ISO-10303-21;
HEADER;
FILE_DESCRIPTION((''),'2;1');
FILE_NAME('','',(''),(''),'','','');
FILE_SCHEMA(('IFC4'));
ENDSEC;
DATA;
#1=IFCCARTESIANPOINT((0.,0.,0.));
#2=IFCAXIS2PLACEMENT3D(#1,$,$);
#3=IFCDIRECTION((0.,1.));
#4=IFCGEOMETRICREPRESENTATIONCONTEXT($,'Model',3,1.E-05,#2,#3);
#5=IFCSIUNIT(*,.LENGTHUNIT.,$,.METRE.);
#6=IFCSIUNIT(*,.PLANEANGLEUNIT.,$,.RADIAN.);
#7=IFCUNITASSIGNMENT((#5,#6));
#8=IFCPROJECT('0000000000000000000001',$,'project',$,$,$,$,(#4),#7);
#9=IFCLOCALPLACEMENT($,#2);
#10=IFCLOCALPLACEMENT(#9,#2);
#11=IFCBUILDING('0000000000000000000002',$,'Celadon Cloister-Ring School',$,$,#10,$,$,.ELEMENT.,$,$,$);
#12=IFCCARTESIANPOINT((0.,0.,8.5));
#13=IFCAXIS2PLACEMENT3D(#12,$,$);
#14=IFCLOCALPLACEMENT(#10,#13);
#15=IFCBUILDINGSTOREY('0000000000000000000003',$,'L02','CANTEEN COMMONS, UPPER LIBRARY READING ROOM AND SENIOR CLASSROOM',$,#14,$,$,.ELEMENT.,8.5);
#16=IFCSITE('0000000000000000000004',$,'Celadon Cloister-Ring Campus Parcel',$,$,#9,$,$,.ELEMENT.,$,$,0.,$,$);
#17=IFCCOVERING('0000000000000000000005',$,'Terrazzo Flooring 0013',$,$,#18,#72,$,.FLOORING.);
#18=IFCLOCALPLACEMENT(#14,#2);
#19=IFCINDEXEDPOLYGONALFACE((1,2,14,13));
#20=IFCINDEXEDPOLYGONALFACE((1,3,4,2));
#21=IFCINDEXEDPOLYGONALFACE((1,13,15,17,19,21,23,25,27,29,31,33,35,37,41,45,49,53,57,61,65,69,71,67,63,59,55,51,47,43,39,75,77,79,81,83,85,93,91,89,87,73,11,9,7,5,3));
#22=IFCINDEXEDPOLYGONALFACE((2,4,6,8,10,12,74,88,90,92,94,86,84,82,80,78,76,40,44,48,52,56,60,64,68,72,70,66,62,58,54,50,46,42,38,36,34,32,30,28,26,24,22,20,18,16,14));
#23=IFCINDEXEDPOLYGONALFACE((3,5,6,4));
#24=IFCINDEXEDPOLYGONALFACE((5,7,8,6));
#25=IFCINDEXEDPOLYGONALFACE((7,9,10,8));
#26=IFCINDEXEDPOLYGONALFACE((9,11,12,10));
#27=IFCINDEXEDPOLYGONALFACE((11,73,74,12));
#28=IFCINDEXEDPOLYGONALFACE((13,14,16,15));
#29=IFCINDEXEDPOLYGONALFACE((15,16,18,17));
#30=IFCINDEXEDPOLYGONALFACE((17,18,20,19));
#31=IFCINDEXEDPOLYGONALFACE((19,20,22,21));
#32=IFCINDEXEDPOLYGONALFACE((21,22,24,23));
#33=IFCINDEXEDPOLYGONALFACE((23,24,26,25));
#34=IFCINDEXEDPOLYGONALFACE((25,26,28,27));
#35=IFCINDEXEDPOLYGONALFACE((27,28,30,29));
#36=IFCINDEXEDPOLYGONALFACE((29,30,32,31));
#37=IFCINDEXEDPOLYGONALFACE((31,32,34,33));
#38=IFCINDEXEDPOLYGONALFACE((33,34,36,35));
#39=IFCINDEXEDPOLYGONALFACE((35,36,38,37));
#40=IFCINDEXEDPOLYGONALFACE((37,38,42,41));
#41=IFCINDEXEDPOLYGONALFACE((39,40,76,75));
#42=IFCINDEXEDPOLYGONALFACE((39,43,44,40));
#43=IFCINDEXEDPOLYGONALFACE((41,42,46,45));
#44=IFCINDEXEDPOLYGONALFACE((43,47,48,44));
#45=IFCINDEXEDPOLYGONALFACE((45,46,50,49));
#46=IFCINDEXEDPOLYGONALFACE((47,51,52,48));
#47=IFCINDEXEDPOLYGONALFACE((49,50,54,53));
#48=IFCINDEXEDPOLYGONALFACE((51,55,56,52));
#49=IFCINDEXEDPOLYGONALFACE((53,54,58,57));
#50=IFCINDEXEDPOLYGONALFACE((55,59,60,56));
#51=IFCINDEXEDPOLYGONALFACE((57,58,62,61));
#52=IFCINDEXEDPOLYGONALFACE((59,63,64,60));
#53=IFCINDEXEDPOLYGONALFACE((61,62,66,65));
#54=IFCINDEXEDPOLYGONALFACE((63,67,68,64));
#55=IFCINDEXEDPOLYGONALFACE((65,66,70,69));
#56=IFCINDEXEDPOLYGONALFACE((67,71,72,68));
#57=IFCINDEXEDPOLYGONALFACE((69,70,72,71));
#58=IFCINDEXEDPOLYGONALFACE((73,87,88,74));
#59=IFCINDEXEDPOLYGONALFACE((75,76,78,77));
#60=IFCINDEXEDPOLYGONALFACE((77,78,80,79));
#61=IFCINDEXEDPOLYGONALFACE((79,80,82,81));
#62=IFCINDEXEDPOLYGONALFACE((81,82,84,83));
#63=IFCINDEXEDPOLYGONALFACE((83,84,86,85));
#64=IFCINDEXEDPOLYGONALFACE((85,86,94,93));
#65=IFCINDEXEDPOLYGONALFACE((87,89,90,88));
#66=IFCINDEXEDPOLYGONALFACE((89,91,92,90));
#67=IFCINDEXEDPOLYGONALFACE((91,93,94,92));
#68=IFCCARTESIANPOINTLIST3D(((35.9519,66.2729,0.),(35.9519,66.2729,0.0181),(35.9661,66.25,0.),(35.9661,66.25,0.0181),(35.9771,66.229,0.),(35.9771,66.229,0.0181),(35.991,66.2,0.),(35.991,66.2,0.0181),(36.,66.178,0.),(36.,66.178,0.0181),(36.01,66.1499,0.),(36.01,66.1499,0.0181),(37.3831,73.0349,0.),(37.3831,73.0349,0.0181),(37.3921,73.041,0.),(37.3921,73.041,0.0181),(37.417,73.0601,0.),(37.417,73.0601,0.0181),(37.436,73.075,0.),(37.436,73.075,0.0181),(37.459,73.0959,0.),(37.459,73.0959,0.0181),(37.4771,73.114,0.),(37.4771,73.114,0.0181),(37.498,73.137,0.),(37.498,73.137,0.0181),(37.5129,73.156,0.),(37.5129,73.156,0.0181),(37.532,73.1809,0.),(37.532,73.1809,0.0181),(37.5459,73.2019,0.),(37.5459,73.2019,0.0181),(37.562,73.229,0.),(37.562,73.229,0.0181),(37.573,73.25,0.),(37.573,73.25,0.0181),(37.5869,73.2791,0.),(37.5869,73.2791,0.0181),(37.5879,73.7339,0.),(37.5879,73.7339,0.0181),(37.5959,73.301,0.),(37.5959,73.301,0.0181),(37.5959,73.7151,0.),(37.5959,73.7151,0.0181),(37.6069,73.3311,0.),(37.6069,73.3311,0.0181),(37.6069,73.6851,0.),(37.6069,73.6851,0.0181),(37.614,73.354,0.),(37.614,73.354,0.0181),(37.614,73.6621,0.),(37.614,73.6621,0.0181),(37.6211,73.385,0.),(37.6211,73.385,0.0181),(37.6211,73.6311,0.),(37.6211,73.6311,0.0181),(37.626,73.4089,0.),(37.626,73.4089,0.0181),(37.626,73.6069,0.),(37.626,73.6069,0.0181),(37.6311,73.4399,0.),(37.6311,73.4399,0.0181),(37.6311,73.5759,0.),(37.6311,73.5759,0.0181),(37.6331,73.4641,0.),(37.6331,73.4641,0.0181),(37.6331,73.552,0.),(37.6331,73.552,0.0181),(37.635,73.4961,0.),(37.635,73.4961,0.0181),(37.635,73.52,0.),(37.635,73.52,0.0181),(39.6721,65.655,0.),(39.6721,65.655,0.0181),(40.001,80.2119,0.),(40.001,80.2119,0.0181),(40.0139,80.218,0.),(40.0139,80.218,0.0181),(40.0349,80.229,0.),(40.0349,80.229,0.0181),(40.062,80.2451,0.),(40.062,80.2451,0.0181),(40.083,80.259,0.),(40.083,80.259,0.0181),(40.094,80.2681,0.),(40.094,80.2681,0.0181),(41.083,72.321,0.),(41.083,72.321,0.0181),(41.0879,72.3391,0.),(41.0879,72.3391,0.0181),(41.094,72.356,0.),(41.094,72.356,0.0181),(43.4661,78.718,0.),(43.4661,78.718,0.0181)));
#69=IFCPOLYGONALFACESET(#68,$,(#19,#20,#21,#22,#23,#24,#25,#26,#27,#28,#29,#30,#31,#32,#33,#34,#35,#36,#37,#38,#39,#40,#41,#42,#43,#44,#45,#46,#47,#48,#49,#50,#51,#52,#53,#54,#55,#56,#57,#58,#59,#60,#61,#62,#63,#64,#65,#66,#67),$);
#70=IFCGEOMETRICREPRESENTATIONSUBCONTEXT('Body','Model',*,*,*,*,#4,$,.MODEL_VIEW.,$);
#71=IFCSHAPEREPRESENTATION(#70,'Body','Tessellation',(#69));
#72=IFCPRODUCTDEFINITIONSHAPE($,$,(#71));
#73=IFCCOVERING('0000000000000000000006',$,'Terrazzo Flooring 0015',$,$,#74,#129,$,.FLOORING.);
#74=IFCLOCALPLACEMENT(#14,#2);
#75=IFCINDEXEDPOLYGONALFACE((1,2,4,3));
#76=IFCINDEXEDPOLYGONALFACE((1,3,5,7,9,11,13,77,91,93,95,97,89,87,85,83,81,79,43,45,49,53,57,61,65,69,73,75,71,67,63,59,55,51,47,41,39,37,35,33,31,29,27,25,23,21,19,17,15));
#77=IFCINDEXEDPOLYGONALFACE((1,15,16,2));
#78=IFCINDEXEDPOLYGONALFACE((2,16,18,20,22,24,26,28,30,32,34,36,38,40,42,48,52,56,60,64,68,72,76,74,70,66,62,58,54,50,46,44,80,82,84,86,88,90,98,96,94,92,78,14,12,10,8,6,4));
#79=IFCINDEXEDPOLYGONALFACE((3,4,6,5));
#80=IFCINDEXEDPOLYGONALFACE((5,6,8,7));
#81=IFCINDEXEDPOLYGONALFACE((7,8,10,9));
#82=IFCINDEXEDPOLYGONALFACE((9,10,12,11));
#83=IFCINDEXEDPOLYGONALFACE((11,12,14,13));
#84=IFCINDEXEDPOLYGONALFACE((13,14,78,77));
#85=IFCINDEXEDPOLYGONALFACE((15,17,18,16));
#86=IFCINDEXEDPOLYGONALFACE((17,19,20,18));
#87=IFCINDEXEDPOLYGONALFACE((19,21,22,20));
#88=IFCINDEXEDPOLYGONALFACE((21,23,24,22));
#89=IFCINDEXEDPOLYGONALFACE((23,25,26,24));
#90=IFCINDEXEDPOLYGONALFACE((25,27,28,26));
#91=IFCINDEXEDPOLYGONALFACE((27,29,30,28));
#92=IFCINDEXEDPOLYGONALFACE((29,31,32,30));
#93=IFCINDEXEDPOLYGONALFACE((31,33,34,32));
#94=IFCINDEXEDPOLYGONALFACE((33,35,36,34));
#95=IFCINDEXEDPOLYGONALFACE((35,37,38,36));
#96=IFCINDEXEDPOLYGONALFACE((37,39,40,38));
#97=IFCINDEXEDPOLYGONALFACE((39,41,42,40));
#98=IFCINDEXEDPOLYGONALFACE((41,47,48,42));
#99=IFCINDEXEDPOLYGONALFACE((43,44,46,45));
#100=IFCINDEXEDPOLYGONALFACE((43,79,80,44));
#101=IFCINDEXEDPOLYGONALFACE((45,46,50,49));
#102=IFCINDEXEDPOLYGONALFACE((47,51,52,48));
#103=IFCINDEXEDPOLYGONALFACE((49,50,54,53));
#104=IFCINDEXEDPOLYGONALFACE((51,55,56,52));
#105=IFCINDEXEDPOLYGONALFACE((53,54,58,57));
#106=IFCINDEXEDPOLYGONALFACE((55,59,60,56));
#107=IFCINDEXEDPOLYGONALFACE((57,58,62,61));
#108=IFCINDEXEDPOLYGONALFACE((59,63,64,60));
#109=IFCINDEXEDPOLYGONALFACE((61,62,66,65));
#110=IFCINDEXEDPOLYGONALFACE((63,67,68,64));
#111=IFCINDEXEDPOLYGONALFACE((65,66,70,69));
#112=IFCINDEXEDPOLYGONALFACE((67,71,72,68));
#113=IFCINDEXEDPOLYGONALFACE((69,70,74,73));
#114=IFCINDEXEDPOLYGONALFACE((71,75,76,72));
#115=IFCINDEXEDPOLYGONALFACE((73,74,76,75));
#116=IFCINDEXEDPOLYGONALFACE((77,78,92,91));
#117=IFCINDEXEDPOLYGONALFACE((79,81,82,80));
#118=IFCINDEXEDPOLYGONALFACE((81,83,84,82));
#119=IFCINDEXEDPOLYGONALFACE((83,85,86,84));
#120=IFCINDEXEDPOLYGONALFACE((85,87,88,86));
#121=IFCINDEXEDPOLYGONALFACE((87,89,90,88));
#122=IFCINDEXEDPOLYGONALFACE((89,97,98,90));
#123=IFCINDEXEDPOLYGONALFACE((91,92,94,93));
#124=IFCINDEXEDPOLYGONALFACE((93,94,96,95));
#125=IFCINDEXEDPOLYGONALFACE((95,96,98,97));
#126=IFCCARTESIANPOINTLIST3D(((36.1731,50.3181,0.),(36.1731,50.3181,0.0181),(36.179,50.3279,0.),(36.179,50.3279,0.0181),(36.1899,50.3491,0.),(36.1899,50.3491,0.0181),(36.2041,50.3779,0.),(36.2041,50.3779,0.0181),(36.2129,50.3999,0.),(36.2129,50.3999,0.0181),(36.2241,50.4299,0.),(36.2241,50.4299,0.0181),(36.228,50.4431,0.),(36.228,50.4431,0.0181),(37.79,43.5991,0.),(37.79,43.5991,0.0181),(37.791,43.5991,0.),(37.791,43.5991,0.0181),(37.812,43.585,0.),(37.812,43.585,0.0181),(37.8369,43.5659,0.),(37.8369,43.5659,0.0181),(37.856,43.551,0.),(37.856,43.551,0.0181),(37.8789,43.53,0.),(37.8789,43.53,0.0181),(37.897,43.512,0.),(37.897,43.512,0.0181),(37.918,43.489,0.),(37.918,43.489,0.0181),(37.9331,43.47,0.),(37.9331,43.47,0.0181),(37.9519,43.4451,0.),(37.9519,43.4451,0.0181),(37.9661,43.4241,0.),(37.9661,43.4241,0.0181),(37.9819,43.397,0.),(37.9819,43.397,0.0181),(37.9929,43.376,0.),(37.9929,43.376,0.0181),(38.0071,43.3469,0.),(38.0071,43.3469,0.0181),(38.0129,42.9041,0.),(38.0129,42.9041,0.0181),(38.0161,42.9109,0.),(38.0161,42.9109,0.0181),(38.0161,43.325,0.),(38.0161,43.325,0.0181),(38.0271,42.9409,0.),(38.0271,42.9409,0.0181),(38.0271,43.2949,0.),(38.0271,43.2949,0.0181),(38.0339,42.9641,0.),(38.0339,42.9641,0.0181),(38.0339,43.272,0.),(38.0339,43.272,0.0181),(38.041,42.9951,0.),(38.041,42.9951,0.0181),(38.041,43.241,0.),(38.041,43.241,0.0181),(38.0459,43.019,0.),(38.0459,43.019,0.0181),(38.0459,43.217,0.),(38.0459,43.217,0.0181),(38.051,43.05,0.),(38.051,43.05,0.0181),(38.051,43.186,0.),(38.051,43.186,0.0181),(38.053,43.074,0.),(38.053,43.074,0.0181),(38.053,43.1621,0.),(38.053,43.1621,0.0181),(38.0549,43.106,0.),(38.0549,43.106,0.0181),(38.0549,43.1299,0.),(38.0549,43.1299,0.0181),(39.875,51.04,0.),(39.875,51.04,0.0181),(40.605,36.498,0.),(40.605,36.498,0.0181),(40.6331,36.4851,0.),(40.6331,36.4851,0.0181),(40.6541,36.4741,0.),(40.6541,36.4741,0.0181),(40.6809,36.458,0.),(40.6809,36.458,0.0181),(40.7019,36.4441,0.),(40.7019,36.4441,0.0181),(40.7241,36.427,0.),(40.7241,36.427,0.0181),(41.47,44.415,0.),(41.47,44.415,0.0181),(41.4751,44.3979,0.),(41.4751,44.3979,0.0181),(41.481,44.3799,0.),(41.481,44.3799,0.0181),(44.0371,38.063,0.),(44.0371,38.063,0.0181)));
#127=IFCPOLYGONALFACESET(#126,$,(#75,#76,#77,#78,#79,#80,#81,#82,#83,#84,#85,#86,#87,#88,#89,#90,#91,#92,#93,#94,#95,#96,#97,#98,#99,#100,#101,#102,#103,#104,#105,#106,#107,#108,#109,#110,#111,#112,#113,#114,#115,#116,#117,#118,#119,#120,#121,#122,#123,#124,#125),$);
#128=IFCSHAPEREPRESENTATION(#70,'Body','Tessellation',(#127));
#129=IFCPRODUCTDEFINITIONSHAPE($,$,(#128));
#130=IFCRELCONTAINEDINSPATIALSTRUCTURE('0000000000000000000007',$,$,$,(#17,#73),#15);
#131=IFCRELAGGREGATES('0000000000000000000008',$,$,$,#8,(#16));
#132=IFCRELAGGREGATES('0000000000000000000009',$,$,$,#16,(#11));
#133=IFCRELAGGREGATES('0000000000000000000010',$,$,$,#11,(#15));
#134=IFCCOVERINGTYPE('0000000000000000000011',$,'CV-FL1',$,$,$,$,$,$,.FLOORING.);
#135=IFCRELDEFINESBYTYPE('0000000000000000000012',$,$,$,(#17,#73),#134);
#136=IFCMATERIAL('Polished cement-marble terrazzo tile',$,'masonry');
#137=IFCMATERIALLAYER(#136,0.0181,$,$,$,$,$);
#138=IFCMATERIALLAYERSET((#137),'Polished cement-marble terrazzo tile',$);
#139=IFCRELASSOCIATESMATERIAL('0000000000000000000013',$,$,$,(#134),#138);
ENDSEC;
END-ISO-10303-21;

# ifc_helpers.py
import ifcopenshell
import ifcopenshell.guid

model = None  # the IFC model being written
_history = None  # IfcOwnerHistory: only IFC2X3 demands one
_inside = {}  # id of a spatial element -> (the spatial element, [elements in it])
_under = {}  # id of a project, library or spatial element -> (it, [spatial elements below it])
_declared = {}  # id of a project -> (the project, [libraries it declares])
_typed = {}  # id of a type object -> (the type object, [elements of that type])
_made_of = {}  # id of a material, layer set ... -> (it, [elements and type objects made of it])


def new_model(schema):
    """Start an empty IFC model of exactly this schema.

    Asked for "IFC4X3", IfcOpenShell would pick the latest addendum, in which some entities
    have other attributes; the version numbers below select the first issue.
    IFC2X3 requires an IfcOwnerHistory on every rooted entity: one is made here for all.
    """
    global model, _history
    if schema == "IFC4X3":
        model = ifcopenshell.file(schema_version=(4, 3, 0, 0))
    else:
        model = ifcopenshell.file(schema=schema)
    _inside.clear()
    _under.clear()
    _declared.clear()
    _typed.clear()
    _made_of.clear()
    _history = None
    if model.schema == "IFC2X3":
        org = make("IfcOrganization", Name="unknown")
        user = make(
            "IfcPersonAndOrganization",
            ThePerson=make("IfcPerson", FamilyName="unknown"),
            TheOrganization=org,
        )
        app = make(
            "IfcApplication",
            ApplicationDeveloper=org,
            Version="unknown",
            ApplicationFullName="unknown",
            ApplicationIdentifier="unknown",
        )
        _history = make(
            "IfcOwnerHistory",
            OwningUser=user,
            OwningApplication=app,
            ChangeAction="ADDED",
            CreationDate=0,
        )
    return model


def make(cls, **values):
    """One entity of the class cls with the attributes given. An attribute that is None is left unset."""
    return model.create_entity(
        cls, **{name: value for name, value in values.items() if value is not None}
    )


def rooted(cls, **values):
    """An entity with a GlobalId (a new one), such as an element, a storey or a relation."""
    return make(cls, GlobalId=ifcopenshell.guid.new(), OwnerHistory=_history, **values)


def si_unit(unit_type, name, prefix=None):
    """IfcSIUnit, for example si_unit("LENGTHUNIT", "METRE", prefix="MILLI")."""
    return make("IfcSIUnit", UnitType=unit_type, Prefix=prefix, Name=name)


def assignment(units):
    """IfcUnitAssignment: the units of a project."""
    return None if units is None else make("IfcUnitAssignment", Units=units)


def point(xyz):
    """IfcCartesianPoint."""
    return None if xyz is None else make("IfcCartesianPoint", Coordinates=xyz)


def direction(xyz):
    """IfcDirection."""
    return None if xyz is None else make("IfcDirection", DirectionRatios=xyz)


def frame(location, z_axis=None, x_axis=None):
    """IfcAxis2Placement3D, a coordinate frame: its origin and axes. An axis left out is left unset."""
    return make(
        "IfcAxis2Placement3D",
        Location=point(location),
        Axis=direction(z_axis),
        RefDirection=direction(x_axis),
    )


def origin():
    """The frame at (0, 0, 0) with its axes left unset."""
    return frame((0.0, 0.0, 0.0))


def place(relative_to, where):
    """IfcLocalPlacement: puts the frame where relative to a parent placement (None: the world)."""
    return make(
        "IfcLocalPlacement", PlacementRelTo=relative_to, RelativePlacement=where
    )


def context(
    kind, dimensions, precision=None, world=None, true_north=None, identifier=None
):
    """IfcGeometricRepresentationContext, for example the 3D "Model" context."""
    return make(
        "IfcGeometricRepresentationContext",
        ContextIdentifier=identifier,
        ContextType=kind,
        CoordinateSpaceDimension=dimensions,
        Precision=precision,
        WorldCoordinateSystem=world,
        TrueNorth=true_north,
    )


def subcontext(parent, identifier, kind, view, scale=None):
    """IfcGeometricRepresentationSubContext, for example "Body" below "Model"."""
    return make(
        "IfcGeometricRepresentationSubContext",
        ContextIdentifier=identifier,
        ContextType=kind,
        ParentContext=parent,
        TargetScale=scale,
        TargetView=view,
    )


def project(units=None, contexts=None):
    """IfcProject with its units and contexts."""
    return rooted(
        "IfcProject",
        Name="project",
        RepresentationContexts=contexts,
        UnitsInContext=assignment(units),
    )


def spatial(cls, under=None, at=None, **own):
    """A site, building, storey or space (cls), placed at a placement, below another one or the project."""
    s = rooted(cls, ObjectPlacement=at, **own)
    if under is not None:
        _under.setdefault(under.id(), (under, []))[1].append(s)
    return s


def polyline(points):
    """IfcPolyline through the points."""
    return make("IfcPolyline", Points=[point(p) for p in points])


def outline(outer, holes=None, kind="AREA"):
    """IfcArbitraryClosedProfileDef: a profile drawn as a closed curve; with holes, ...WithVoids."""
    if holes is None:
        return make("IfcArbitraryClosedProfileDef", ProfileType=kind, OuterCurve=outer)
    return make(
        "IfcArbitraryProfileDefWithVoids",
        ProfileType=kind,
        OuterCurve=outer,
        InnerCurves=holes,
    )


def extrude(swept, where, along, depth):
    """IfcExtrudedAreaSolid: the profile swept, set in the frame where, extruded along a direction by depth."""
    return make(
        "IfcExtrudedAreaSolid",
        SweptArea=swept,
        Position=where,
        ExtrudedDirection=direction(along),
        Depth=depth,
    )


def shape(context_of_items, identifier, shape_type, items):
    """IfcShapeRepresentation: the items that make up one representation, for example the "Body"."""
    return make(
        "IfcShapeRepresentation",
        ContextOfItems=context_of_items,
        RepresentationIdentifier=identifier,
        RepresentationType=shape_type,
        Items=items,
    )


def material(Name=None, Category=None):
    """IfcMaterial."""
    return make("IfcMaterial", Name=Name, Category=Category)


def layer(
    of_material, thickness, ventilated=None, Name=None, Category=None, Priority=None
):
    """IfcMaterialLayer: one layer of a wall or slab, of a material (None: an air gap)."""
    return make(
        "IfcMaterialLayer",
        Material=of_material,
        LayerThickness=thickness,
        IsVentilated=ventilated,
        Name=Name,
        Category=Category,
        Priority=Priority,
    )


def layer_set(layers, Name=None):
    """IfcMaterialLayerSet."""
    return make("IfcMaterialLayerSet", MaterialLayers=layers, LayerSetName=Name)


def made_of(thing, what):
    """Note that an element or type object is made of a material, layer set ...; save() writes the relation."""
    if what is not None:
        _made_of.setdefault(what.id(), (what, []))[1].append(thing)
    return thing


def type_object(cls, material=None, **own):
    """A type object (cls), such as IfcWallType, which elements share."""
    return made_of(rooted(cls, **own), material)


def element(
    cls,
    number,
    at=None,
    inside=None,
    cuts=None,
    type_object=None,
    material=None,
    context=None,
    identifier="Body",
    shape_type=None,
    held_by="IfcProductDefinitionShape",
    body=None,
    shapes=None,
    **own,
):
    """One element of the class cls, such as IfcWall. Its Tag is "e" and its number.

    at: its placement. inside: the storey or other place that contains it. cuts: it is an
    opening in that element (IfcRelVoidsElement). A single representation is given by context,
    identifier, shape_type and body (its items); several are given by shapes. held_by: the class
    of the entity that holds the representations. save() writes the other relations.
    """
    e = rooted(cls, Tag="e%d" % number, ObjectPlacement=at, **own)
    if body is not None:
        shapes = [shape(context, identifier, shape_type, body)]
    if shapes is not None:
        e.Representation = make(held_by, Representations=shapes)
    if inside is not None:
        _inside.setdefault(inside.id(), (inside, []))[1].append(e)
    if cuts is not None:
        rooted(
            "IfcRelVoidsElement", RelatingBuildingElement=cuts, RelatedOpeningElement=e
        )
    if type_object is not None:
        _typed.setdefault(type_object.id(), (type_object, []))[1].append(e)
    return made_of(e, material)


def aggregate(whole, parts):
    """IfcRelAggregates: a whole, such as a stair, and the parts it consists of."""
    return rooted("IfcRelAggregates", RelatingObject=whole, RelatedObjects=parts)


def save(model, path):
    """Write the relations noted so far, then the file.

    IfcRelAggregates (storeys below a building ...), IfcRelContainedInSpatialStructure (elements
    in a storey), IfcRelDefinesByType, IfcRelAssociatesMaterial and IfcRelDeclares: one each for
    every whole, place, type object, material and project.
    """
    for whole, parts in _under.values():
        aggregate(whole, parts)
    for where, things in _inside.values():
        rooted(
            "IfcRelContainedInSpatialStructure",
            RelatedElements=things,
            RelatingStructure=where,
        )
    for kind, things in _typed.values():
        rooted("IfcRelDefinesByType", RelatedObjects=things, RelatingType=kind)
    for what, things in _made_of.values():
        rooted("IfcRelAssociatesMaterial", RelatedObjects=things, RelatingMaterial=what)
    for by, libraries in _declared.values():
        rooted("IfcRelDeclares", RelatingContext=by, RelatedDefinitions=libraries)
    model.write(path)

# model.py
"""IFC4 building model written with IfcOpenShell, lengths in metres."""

from ifc_helpers import new_model, si_unit, direction, frame, origin, place, context, subcontext, project, spatial, polyline, outline, extrude, material, layer, layer_set, type_object, element, save


model = new_model("IFC4")

# Units and contexts
model_context = context("Model", 3, precision=1e-05, world=origin(), true_north=direction((0.0, 1.0)))
body_context = subcontext(model_context, "Body", "Model", "MODEL_VIEW")
ifc_project = project(units=[si_unit("LENGTHUNIT", "METRE"), si_unit("PLANEANGLEUNIT", "RADIAN")], contexts=[model_context])

# Site, building, storey
site_placement = place(None, origin())
site = spatial("IfcSite", under=ifc_project, at=site_placement, Name="Celadon Cloister-Ring Campus Parcel", CompositionType="ELEMENT", RefElevation=0.0)
building_placement = place(site_placement, origin())
building = spatial("IfcBuilding", under=site, at=building_placement, Name="Celadon Cloister-Ring School", CompositionType="ELEMENT")
storey_placement = place(building_placement, frame((0.0, 0.0, 8.5)))
storey = spatial("IfcBuildingStorey", under=building, at=storey_placement, Name="L02", Description="CANTEEN COMMONS, UPPER LIBRARY READING ROOM AND SENIOR CLASSROOM", CompositionType="ELEMENT", Elevation=8.5)

# Coverings
ifc_material_1 = material(Name="Polished cement-marble terrazzo tile", Category="masonry")
ifc_layer_1 = layer(ifc_material_1, 0.0181)
ifc_layer_set_1 = layer_set([ifc_layer_1], Name="Polished cement-marble terrazzo tile")
covering_type_1 = type_object("IfcCoveringType", Name="CV-FL1", PredefinedType="FLOORING", material=ifc_layer_set_1)
covering_1_placement = place(storey_placement, origin())
element("IfcCovering", 1, at=covering_1_placement, inside=storey, type_object=covering_type_1, Name="Terrazzo Flooring 0013", PredefinedType="FLOORING", context=body_context, shape_type="SweptSolid", body=[
    extrude(outline(polyline([(36.01, 66.1499), (36.0, 66.178), (35.991, 66.2), (35.9771, 66.229), (35.9661, 66.25), (35.9519, 66.2729), (37.3831, 73.0349), (37.3921, 73.041), (37.417, 73.0601), (37.436, 73.075), (37.459, 73.0959), (37.4771, 73.114), (37.498, 73.137), (37.5129, 73.156), (37.532, 73.1809), (37.5459, 73.2019), (37.562, 73.229), (37.573, 73.25), (37.5869, 73.2791), (37.5959, 73.301), (37.6069, 73.3311), (37.614, 73.354), (37.6211, 73.385), (37.626, 73.4089), (37.6311, 73.4399), (37.6331, 73.4641), (37.635, 73.4961), (37.635, 73.52), (37.6331, 73.552), (37.6311, 73.5759), (37.626, 73.6069), (37.6211, 73.6311), (37.614, 73.6621), (37.6069, 73.6851), (37.5959, 73.7151), (37.5879, 73.7339), (40.001, 80.2119), (40.0139, 80.218), (40.0349, 80.229), (40.062, 80.2451), (40.083, 80.259), (40.094, 80.2681), (43.4661, 78.718), (41.094, 72.356), (41.0879, 72.3391), (41.083, 72.321), (39.6721, 65.655), (36.01, 66.1499)])), origin(), (0.0, 0.0, 1.0), 0.0181),
])
covering_2_placement = place(storey_placement, origin())
element("IfcCovering", 2, at=covering_2_placement, inside=storey, type_object=covering_type_1, Name="Terrazzo Flooring 0015", PredefinedType="FLOORING", context=body_context, shape_type="SweptSolid", body=[
    extrude(outline(polyline([(36.1731, 50.3181), (36.179, 50.3279), (36.1899, 50.3491), (36.2041, 50.3779), (36.2129, 50.3999), (36.2241, 50.4299), (36.228, 50.4431), (39.875, 51.04), (41.47, 44.415), (41.4751, 44.3979), (41.481, 44.3799), (44.0371, 38.063), (40.7241, 36.427), (40.7019, 36.4441), (40.6809, 36.458), (40.6541, 36.4741), (40.6331, 36.4851), (40.605, 36.498), (38.0129, 42.9041), (38.0161, 42.9109), (38.0271, 42.9409), (38.0339, 42.9641), (38.041, 42.9951), (38.0459, 43.019), (38.051, 43.05), (38.053, 43.074), (38.0549, 43.106), (38.0549, 43.1299), (38.053, 43.1621), (38.051, 43.186), (38.0459, 43.217), (38.041, 43.241), (38.0339, 43.272), (38.0271, 43.2949), (38.0161, 43.325), (38.0071, 43.3469), (37.9929, 43.376), (37.9819, 43.397), (37.9661, 43.4241), (37.9519, 43.4451), (37.9331, 43.47), (37.918, 43.489), (37.897, 43.512), (37.8789, 43.53), (37.856, 43.551), (37.8369, 43.5659), (37.812, 43.585), (37.791, 43.5991), (37.79, 43.5991), (36.1731, 50.3181)])), origin(), (0.0, 0.0, 1.0), 0.0181),
])

save(model, "model.ifc")
